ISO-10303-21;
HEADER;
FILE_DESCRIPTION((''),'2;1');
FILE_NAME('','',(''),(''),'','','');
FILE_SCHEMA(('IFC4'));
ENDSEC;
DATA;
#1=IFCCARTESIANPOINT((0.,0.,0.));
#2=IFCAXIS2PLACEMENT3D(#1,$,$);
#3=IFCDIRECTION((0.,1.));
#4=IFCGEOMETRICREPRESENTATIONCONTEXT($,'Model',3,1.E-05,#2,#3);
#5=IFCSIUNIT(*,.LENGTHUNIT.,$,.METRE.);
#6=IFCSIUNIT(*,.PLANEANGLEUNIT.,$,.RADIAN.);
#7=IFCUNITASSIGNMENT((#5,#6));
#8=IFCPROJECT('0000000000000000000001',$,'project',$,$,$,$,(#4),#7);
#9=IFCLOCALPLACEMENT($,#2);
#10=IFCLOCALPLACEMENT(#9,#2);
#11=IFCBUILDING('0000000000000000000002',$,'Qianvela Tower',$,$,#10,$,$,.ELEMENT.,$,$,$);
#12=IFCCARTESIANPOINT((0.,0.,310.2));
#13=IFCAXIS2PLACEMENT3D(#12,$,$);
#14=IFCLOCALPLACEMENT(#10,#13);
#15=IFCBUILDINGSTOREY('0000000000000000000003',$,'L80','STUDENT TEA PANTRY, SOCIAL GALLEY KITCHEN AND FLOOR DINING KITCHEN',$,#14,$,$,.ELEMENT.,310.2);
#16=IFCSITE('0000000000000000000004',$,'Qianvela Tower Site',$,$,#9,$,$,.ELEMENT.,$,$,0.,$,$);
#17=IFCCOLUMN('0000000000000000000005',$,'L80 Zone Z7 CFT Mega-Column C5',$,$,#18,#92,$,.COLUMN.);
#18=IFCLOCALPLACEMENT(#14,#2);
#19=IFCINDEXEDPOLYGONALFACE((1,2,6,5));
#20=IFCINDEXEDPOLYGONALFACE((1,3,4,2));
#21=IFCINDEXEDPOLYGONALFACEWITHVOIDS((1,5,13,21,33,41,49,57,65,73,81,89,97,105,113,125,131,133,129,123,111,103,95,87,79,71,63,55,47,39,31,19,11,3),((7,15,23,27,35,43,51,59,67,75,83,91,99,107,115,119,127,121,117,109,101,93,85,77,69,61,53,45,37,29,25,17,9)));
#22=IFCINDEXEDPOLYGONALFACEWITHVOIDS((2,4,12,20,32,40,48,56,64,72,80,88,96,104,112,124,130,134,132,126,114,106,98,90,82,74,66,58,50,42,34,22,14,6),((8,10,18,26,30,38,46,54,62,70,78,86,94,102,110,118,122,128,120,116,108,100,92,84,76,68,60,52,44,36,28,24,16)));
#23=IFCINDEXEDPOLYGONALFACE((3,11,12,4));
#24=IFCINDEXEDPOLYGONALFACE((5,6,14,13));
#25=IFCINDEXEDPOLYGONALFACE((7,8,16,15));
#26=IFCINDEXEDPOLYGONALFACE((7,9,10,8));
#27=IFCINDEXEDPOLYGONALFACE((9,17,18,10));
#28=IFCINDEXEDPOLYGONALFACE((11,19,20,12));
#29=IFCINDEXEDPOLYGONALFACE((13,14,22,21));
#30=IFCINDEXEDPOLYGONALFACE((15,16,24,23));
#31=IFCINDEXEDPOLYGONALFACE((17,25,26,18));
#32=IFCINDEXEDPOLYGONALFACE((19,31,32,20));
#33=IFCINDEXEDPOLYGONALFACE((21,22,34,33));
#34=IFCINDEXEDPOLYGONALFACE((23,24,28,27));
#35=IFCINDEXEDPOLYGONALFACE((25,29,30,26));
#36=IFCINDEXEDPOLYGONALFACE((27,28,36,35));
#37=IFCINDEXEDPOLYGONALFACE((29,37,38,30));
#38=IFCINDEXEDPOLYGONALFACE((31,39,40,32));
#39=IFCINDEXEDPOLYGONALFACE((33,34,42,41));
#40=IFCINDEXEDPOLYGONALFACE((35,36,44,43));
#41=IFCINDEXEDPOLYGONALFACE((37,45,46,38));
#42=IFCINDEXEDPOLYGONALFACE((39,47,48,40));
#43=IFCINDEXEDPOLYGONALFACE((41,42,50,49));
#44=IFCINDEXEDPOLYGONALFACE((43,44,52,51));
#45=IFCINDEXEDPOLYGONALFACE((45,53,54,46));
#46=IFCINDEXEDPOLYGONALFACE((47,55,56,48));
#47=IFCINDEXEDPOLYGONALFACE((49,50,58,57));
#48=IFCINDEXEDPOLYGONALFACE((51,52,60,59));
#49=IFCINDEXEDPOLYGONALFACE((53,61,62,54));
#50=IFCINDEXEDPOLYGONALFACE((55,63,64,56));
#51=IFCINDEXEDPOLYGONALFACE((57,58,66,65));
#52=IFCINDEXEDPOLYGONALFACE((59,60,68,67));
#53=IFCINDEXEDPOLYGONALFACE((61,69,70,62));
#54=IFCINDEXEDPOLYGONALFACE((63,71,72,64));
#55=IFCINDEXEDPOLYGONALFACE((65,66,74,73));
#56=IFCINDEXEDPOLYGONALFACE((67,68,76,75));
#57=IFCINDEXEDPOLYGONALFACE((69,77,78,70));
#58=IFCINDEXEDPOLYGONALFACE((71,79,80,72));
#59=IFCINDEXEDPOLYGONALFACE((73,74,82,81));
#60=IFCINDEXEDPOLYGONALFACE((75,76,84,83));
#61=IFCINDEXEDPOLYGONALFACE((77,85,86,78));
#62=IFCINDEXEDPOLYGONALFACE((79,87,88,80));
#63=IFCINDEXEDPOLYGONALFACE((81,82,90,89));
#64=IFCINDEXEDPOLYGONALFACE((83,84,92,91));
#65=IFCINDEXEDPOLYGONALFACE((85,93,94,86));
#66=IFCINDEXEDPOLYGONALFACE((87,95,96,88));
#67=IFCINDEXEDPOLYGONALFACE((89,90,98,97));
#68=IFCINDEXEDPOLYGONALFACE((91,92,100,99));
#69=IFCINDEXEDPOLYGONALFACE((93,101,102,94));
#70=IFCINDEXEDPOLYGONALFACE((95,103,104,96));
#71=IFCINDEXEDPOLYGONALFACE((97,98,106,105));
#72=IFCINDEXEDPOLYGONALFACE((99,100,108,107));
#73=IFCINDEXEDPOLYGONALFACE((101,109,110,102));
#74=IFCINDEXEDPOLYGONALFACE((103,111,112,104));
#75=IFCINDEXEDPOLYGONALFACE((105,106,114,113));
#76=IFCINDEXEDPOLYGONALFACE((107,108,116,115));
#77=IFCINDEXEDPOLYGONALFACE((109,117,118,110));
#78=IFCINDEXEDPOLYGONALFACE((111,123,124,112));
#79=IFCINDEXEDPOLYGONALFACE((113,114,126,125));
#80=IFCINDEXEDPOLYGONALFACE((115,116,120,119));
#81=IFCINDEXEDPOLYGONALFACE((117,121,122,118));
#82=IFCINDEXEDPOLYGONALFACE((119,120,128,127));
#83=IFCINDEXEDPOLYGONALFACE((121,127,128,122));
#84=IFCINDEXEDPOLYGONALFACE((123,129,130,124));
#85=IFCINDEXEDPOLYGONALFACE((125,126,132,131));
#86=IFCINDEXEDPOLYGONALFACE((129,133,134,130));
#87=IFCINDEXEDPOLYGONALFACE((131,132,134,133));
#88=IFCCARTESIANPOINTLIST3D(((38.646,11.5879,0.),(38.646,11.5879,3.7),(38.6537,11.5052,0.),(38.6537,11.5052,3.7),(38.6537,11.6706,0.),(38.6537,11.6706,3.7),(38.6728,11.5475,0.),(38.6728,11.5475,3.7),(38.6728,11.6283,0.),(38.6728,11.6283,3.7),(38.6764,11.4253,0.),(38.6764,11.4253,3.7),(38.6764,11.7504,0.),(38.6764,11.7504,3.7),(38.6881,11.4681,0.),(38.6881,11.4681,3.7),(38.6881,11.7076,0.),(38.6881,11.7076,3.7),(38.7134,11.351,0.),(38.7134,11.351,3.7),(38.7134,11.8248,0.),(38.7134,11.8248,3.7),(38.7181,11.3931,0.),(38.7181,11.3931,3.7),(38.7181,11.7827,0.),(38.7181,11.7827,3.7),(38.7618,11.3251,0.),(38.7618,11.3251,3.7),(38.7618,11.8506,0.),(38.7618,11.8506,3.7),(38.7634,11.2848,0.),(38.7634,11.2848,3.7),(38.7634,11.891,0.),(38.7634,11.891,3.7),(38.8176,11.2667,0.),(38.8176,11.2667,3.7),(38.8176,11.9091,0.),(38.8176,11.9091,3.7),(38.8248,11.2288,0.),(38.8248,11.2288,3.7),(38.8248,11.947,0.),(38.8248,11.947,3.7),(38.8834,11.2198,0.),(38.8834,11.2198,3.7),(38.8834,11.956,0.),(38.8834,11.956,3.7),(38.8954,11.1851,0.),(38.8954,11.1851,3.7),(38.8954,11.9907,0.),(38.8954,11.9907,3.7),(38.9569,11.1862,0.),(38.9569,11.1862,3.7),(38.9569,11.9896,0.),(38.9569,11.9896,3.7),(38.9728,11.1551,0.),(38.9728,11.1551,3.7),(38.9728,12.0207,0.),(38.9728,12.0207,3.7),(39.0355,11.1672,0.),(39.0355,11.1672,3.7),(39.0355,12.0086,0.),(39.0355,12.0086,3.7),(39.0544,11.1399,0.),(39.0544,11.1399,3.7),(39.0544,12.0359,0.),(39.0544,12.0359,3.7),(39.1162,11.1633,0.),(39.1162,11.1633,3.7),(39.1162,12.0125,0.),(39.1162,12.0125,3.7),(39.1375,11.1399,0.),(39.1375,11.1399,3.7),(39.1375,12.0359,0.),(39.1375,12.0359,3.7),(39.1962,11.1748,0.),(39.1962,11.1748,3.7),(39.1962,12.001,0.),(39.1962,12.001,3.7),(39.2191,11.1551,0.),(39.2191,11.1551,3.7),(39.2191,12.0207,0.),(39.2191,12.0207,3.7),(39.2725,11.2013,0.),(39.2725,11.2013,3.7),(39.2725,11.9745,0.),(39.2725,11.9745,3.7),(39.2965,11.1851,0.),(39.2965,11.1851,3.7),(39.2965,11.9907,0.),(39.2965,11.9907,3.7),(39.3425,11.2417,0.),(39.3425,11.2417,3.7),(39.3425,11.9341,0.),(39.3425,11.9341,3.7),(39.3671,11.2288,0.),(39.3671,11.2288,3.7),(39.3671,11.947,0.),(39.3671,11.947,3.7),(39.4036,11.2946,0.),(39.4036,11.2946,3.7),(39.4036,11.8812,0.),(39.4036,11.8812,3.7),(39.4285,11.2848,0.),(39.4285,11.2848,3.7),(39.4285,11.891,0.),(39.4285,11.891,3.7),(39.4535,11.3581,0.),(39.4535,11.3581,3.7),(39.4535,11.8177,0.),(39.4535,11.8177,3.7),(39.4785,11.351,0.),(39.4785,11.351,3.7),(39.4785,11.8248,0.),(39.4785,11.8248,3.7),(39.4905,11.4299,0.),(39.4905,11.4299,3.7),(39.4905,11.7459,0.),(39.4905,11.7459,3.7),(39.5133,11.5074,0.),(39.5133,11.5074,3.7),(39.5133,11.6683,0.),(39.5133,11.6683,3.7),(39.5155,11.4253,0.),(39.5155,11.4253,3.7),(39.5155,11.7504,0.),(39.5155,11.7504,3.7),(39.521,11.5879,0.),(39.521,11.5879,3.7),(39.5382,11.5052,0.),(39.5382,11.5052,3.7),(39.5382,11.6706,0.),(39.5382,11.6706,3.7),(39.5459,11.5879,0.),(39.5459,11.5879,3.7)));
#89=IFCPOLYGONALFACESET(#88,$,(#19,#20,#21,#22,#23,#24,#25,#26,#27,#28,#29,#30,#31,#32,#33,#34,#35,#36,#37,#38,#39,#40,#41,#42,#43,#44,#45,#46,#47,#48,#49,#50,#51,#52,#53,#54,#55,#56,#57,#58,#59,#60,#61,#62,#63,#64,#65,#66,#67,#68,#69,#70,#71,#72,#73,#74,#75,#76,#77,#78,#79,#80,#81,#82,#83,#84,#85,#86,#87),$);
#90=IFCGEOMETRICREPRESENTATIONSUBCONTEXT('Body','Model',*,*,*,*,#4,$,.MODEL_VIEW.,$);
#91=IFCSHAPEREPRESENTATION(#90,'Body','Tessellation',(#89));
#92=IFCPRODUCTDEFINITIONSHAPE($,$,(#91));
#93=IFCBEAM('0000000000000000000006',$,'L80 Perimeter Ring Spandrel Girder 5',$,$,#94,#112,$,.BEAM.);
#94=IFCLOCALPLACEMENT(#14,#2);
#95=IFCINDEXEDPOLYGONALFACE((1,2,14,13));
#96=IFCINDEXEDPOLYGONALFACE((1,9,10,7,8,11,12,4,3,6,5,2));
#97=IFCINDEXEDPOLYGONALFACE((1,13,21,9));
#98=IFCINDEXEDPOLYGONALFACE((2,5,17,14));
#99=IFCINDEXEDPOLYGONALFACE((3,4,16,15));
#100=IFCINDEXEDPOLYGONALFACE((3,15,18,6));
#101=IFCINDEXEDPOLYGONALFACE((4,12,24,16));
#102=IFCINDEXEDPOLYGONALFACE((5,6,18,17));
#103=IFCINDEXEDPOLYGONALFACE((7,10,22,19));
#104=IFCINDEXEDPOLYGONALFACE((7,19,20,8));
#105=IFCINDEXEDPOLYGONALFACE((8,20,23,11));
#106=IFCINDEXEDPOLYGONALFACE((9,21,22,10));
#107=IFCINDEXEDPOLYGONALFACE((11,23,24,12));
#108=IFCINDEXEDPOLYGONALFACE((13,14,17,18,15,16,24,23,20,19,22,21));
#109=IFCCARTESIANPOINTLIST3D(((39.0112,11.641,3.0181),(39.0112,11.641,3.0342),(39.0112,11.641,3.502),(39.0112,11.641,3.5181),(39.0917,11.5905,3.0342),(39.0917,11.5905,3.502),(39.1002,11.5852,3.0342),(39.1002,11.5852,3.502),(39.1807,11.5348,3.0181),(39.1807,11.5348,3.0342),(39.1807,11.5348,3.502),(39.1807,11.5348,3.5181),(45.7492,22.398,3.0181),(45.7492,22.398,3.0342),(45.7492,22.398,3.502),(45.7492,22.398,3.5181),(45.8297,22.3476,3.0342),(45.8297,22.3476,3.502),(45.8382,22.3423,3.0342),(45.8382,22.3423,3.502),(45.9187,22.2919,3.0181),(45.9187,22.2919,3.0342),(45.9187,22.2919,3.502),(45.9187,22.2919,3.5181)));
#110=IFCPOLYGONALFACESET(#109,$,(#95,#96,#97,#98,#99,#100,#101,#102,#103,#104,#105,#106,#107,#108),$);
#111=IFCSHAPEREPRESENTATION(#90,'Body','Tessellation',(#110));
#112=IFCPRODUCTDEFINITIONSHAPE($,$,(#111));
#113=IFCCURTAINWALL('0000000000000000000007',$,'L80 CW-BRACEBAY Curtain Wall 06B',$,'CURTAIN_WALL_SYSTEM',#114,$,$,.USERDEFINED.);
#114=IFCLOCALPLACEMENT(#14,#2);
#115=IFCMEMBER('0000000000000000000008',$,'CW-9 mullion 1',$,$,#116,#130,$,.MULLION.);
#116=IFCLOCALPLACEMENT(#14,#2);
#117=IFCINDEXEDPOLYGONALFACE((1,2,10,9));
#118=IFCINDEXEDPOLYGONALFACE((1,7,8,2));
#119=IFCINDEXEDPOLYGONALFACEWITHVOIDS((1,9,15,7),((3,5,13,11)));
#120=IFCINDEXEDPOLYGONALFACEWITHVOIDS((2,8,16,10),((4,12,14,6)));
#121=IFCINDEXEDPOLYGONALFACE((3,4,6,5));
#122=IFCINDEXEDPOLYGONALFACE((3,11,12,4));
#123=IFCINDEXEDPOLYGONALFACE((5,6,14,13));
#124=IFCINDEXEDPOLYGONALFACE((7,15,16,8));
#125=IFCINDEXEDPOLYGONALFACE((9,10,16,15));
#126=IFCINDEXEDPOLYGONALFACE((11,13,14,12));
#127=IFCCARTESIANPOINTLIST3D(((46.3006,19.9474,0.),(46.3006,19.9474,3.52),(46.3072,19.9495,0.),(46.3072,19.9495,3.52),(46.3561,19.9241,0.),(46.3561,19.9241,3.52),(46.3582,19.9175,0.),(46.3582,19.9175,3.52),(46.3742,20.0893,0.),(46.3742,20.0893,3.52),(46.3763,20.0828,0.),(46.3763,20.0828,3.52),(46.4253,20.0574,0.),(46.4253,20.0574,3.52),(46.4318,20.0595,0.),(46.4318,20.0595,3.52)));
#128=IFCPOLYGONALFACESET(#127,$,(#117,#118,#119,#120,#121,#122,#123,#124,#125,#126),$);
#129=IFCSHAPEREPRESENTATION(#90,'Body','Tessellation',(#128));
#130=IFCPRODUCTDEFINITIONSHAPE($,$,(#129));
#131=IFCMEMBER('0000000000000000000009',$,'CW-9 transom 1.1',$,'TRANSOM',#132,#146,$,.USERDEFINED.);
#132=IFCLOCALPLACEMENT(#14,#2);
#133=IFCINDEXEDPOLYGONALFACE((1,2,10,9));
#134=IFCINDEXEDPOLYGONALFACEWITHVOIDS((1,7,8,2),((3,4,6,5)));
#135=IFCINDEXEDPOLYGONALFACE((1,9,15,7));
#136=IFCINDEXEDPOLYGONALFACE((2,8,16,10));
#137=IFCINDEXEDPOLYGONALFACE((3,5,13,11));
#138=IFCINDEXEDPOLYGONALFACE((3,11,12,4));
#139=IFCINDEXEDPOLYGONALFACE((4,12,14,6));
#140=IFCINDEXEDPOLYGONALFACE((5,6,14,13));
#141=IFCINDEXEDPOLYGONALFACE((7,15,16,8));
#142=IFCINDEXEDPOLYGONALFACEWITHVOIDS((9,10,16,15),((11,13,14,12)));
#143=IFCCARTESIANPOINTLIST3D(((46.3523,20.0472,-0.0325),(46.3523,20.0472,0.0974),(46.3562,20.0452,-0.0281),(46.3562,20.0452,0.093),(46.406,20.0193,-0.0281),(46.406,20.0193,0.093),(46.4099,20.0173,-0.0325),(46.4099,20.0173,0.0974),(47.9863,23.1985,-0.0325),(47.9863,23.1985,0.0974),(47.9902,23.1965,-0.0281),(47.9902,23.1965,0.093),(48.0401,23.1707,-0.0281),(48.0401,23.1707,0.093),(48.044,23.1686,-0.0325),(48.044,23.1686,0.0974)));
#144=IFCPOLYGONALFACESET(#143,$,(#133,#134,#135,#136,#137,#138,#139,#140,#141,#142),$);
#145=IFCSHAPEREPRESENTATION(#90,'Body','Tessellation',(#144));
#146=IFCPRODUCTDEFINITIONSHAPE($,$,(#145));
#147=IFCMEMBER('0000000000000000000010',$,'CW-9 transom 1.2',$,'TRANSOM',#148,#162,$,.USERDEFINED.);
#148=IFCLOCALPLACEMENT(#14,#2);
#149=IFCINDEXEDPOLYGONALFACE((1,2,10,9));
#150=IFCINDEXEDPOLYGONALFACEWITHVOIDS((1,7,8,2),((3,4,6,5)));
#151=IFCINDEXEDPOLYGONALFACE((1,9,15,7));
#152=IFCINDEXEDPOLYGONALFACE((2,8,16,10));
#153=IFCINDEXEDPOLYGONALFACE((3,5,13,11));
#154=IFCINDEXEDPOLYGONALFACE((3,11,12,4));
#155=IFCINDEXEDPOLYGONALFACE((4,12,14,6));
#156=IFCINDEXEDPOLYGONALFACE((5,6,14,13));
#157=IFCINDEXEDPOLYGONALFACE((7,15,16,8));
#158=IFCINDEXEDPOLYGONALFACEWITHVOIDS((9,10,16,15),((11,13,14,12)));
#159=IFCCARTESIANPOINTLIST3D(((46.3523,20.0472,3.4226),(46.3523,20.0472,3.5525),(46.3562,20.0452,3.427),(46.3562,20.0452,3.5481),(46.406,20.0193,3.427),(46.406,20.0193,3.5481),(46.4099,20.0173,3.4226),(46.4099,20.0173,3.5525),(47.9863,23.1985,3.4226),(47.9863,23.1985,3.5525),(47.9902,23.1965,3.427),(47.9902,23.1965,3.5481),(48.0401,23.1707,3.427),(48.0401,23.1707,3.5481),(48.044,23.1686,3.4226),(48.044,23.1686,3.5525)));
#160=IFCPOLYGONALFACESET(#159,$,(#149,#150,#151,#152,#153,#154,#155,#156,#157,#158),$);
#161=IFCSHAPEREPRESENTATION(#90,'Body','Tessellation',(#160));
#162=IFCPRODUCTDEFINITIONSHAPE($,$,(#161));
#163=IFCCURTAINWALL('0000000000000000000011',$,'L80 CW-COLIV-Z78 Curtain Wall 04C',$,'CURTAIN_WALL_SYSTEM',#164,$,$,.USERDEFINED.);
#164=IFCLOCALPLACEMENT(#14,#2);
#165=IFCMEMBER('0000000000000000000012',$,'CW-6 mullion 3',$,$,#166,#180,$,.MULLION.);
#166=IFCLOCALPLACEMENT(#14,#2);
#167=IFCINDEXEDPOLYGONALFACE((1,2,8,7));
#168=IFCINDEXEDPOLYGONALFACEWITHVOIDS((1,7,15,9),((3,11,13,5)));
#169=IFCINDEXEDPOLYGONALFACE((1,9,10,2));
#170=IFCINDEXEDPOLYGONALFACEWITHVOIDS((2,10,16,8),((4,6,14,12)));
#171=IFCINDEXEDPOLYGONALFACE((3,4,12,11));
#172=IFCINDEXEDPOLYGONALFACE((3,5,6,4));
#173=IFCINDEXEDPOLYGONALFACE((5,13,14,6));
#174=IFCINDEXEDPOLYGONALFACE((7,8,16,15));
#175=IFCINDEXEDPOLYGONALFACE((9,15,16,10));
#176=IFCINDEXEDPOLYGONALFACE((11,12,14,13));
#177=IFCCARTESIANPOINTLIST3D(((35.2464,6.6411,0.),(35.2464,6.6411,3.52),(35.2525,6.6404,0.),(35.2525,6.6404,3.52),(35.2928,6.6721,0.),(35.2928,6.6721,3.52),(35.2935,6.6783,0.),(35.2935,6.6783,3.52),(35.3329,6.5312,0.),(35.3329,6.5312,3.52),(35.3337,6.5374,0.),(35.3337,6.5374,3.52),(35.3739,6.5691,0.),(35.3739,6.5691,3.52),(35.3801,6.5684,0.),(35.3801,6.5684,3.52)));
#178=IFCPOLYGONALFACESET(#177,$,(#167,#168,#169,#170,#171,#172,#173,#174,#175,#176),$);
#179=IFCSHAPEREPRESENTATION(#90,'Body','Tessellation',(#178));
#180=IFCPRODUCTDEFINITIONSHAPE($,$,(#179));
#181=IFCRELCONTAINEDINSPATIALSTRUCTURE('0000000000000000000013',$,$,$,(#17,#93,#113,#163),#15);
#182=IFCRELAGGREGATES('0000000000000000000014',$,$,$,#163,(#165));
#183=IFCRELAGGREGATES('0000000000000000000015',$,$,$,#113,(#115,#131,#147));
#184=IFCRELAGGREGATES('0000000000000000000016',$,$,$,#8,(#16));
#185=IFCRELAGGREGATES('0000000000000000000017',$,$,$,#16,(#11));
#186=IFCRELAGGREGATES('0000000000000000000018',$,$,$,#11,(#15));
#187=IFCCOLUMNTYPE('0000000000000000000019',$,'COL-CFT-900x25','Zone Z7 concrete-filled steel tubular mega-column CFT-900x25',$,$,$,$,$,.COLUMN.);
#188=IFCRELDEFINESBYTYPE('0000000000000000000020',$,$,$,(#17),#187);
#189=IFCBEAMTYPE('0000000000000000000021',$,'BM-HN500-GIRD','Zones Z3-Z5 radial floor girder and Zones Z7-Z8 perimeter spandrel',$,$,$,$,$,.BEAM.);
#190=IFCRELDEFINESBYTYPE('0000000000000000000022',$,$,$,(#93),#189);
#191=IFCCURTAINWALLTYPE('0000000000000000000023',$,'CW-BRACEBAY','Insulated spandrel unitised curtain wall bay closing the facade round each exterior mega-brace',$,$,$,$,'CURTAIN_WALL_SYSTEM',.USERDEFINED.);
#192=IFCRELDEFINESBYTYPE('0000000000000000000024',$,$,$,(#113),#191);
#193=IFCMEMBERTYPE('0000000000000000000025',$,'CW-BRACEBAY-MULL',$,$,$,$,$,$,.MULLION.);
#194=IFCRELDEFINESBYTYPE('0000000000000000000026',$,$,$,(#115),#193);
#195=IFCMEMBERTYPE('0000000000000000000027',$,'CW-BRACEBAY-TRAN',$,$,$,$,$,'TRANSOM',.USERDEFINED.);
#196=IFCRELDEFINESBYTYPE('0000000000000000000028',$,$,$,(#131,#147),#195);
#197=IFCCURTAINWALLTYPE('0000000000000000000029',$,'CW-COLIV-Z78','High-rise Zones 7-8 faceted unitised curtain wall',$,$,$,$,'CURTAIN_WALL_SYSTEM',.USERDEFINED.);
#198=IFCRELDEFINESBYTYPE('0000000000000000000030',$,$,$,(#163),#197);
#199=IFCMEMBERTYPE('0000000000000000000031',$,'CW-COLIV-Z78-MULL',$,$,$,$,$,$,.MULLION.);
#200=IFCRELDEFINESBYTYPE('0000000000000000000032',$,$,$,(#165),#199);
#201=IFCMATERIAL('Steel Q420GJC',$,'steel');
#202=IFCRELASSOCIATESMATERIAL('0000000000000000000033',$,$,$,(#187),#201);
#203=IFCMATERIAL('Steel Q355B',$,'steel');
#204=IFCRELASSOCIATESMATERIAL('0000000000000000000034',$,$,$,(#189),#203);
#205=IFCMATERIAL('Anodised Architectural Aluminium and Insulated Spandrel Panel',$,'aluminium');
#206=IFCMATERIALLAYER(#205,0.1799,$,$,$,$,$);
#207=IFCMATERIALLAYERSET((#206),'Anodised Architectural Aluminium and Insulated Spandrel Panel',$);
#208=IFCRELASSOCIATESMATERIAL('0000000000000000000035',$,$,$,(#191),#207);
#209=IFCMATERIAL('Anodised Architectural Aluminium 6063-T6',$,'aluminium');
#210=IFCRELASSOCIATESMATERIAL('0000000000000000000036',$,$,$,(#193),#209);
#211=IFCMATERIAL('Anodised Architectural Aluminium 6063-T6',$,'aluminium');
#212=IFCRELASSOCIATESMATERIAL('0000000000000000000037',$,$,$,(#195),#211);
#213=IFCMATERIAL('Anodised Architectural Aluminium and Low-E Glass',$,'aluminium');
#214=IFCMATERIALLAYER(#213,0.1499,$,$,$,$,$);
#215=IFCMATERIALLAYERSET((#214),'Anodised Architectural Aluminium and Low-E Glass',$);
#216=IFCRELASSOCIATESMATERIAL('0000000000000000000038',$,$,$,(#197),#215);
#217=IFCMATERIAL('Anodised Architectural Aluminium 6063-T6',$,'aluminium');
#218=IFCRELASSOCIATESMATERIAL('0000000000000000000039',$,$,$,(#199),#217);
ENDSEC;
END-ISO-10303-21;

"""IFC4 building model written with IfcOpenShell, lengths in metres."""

from ifc_helpers import new_model, si_unit, direction, frame, origin, origin_2d, place, context, subcontext, project, spatial, hollow_rectangle, hollow_circle, i_section, extrude, material, layer, layer_set, material_profile, profile_set, type_object, element, aggregate, save


model = new_model("IFC4")

# Units and contexts
model_context = context("Model", 3, precision=1e-05, world=origin(), true_north=direction((0.0, 1.0)))
body_context = subcontext(model_context, "Body", "Model", "MODEL_VIEW")
ifc_project = project(units=[si_unit("LENGTHUNIT", "METRE"), si_unit("PLANEANGLEUNIT", "RADIAN")], contexts=[model_context])

# Site, building, storey
site_placement = place(None, origin())
site = spatial("IfcSite", under=ifc_project, at=site_placement, Name="Qianvela Tower Site", CompositionType="ELEMENT", RefElevation=0.0)
building_placement = place(site_placement, origin())
building = spatial("IfcBuilding", under=site, at=building_placement, Name="Qianvela Tower", CompositionType="ELEMENT")
storey_placement = place(building_placement, frame((0.0, 0.0, 310.2)))
storey = spatial("IfcBuildingStorey", under=building, at=storey_placement, Name="L80", Description="STUDENT TEA PANTRY, SOCIAL GALLEY KITCHEN AND FLOOR DINING KITCHEN", CompositionType="ELEMENT", Elevation=310.2)

# Column
ifc_material_1 = material(Name="Steel Q420GJC", Category="steel")
ifc_material_profile_1 = material_profile(ifc_material_1, hollow_circle(Radius=0.45, WallThickness=0.0249, at=origin_2d()), Name="CFT-900x25")
ifc_profile_set_1 = profile_set([ifc_material_profile_1], Name="Steel Q420GJC")
column_type = type_object("IfcColumnType", Name="COL-CFT-900x25", Description="Zone Z7 concrete-filled steel tubular mega-column CFT-900x25", PredefinedType="COLUMN", material=ifc_profile_set_1)
column_placement = place(storey_placement, frame((39.0959, 11.5879, 0.0), z_axis=(0.0, 0.0, 1.0), x_axis=(1.0, 0.0, 0.0)))
element("IfcColumn", 1, at=column_placement, inside=storey, type_object=column_type, Name="L80 Zone Z7 CFT Mega-Column C5", PredefinedType="COLUMN", context=body_context, shape_type="SweptSolid", body=[
    extrude(hollow_circle(Radius=0.45, WallThickness=0.0249, at=origin_2d()), origin(), (0.0, 0.0, 1.0), 3.7),
])

# Beam
ifc_material_2 = material(Name="Steel Q355B", Category="steel")
ifc_material_profile_2 = material_profile(ifc_material_2, i_section(OverallWidth=0.2, OverallDepth=0.5, WebThickness=0.01, FlangeThickness=0.0161, at=origin_2d()), Name="HN500x200x10x16")
ifc_profile_set_2 = profile_set([ifc_material_profile_2], Name="Steel Q355B")
beam_type = type_object("IfcBeamType", Name="BM-HN500-GIRD", Description="Zones Z3-Z5 radial floor girder and Zones Z7-Z8 perimeter spandrel", PredefinedType="BEAM", material=ifc_profile_set_2)
beam_placement = place(storey_placement, frame((39.0959, 11.5879, 3.2681), z_axis=(0.530841, 0.847472, 0.0), x_axis=(-0.847472, 0.530841, 0.0)))
element("IfcBeam", 2, at=beam_placement, inside=storey, type_object=beam_type, Name="L80 Perimeter Ring Spandrel Girder 5", PredefinedType="BEAM", context=body_context, shape_type="SweptSolid", body=[
    extrude(i_section(OverallWidth=0.2, OverallDepth=0.5, WebThickness=0.01, FlangeThickness=0.0161, at=origin_2d()), origin(), (0.0, 0.0, 1.0), 12.6931),
])

# Curtain wall, members
ifc_material_3 = material(Name="Anodised Architectural Aluminium and Insulated Spandrel Panel", Category="aluminium")
ifc_layer_1 = layer(ifc_material_3, 0.1799)
ifc_layer_set_1 = layer_set([ifc_layer_1], Name="Anodised Architectural Aluminium and Insulated Spandrel Panel")
curtain_wall_type_1 = type_object("IfcCurtainWallType", Name="CW-BRACEBAY", Description="Insulated spandrel unitised curtain wall bay closing the facade round each exterior mega-brace", ElementType="CURTAIN_WALL_SYSTEM", PredefinedType="USERDEFINED", material=ifc_layer_set_1)
curtain_wall_1_placement = place(storey_placement, origin())
curtain_wall_1 = element("IfcCurtainWall", 3, at=curtain_wall_1_placement, inside=storey, type_object=curtain_wall_type_1, Name="L80 CW-BRACEBAY Curtain Wall 06B", ObjectType="CURTAIN_WALL_SYSTEM", PredefinedType="USERDEFINED")
ifc_material_4 = material(Name="Anodised Architectural Aluminium 6063-T6", Category="aluminium")
ifc_material_profile_3 = material_profile(ifc_material_4, hollow_rectangle(XDim=0.0649, YDim=0.1599, WallThickness=0.0049, at=origin_2d()), Name="ALU-MULL-65x160")
ifc_profile_set_3 = profile_set([ifc_material_profile_3], Name="Anodised Architectural Aluminium 6063-T6")
member_type_1 = type_object("IfcMemberType", Name="CW-BRACEBAY-MULL", PredefinedType="MULLION", material=ifc_profile_set_3)
member_1_placement = place(storey_placement, frame((46.3662, 20.0034, 0.0), z_axis=(0.0, 0.0, 1.0), x_axis=(-0.88776, 0.460307, 0.0)))
member_1 = element("IfcMember", 4, at=member_1_placement, type_object=member_type_1, Name="CW-9 mullion 1", PredefinedType="MULLION", context=body_context, shape_type="SweptSolid", body=[
    extrude(hollow_rectangle(XDim=0.0649, YDim=0.1599, WallThickness=0.0049, at=origin_2d()), origin(), (0.0, 0.0, 1.0), 3.52),
])
ifc_material_5 = material(Name="Anodised Architectural Aluminium 6063-T6", Category="aluminium")
ifc_material_profile_4 = material_profile(ifc_material_5, hollow_rectangle(XDim=0.0649, YDim=0.1299, WallThickness=0.0044, at=origin_2d()), Name="ALU-TRAN-65x130")
ifc_profile_set_4 = profile_set([ifc_material_profile_4], Name="Anodised Architectural Aluminium 6063-T6")
member_type_2 = type_object("IfcMemberType", Name="CW-BRACEBAY-TRAN", ElementType="TRANSOM", PredefinedType="USERDEFINED", material=ifc_profile_set_4)
member_2_placement = place(storey_placement, frame((46.3811, 20.0322, 0.0325), z_axis=(0.460315, 0.887756, 0.0), x_axis=(-0.887756, 0.460315, 0.0)))
member_2 = element("IfcMember", 5, at=member_2_placement, type_object=member_type_2, Name="CW-9 transom 1.1", ObjectType="TRANSOM", PredefinedType="USERDEFINED", context=body_context, shape_type="SweptSolid", body=[
    extrude(hollow_rectangle(XDim=0.0649, YDim=0.1299, WallThickness=0.0044, at=origin_2d()), origin(), (0.0, 0.0, 1.0), 3.5498),
])
member_3_placement = place(storey_placement, frame((46.3811, 20.0322, 3.4875), z_axis=(0.460315, 0.887756, 0.0), x_axis=(-0.887756, 0.460315, 0.0)))
member_3 = element("IfcMember", 6, at=member_3_placement, type_object=member_type_2, Name="CW-9 transom 1.2", ObjectType="TRANSOM", PredefinedType="USERDEFINED", context=body_context, shape_type="SweptSolid", body=[
    extrude(hollow_rectangle(XDim=0.0649, YDim=0.1299, WallThickness=0.0044, at=origin_2d()), origin(), (0.0, 0.0, 1.0), 3.5498),
])

# Curtain wall, member
ifc_material_6 = material(Name="Anodised Architectural Aluminium and Low-E Glass", Category="aluminium")
ifc_layer_2 = layer(ifc_material_6, 0.1499)
ifc_layer_set_2 = layer_set([ifc_layer_2], Name="Anodised Architectural Aluminium and Low-E Glass")
curtain_wall_type_2 = type_object("IfcCurtainWallType", Name="CW-COLIV-Z78", Description="High-rise Zones 7-8 faceted unitised curtain wall", ElementType="CURTAIN_WALL_SYSTEM", PredefinedType="USERDEFINED", material=ifc_layer_set_2)
curtain_wall_2_placement = place(storey_placement, origin())
curtain_wall_2 = element("IfcCurtainWall", 7, at=curtain_wall_2_placement, inside=storey, type_object=curtain_wall_type_2, Name="L80 CW-COLIV-Z78 Curtain Wall 04C", ObjectType="CURTAIN_WALL_SYSTEM", PredefinedType="USERDEFINED")
ifc_material_7 = material(Name="Anodised Architectural Aluminium 6063-T6", Category="aluminium")
ifc_material_profile_5 = material_profile(ifc_material_7, hollow_rectangle(XDim=0.0601, YDim=0.1399, WallThickness=0.0044, at=origin_2d()), Name="ALU-MULL-60x140")
ifc_profile_set_5 = profile_set([ifc_material_profile_5], Name="Anodised Architectural Aluminium 6063-T6")
member_type_3 = type_object("IfcMemberType", Name="CW-COLIV-Z78-MULL", PredefinedType="MULLION", material=ifc_profile_set_5)
member_4_placement = place(storey_placement, frame((35.3132, 6.6047, 0.0), z_axis=(0.0, 0.0, 1.0), x_axis=(0.78542, 0.618963, 0.0)))
member_4 = element("IfcMember", 8, at=member_4_placement, type_object=member_type_3, Name="CW-6 mullion 3", PredefinedType="MULLION", context=body_context, shape_type="SweptSolid", body=[
    extrude(hollow_rectangle(XDim=0.0601, YDim=0.1399, WallThickness=0.0044, at=origin_2d()), origin(), (0.0, 0.0, 1.0), 3.52),
])
aggregate(curtain_wall_2, [member_4])

aggregate(curtain_wall_1, [member_1, member_2, member_3])

save(model, "model.ifc")
